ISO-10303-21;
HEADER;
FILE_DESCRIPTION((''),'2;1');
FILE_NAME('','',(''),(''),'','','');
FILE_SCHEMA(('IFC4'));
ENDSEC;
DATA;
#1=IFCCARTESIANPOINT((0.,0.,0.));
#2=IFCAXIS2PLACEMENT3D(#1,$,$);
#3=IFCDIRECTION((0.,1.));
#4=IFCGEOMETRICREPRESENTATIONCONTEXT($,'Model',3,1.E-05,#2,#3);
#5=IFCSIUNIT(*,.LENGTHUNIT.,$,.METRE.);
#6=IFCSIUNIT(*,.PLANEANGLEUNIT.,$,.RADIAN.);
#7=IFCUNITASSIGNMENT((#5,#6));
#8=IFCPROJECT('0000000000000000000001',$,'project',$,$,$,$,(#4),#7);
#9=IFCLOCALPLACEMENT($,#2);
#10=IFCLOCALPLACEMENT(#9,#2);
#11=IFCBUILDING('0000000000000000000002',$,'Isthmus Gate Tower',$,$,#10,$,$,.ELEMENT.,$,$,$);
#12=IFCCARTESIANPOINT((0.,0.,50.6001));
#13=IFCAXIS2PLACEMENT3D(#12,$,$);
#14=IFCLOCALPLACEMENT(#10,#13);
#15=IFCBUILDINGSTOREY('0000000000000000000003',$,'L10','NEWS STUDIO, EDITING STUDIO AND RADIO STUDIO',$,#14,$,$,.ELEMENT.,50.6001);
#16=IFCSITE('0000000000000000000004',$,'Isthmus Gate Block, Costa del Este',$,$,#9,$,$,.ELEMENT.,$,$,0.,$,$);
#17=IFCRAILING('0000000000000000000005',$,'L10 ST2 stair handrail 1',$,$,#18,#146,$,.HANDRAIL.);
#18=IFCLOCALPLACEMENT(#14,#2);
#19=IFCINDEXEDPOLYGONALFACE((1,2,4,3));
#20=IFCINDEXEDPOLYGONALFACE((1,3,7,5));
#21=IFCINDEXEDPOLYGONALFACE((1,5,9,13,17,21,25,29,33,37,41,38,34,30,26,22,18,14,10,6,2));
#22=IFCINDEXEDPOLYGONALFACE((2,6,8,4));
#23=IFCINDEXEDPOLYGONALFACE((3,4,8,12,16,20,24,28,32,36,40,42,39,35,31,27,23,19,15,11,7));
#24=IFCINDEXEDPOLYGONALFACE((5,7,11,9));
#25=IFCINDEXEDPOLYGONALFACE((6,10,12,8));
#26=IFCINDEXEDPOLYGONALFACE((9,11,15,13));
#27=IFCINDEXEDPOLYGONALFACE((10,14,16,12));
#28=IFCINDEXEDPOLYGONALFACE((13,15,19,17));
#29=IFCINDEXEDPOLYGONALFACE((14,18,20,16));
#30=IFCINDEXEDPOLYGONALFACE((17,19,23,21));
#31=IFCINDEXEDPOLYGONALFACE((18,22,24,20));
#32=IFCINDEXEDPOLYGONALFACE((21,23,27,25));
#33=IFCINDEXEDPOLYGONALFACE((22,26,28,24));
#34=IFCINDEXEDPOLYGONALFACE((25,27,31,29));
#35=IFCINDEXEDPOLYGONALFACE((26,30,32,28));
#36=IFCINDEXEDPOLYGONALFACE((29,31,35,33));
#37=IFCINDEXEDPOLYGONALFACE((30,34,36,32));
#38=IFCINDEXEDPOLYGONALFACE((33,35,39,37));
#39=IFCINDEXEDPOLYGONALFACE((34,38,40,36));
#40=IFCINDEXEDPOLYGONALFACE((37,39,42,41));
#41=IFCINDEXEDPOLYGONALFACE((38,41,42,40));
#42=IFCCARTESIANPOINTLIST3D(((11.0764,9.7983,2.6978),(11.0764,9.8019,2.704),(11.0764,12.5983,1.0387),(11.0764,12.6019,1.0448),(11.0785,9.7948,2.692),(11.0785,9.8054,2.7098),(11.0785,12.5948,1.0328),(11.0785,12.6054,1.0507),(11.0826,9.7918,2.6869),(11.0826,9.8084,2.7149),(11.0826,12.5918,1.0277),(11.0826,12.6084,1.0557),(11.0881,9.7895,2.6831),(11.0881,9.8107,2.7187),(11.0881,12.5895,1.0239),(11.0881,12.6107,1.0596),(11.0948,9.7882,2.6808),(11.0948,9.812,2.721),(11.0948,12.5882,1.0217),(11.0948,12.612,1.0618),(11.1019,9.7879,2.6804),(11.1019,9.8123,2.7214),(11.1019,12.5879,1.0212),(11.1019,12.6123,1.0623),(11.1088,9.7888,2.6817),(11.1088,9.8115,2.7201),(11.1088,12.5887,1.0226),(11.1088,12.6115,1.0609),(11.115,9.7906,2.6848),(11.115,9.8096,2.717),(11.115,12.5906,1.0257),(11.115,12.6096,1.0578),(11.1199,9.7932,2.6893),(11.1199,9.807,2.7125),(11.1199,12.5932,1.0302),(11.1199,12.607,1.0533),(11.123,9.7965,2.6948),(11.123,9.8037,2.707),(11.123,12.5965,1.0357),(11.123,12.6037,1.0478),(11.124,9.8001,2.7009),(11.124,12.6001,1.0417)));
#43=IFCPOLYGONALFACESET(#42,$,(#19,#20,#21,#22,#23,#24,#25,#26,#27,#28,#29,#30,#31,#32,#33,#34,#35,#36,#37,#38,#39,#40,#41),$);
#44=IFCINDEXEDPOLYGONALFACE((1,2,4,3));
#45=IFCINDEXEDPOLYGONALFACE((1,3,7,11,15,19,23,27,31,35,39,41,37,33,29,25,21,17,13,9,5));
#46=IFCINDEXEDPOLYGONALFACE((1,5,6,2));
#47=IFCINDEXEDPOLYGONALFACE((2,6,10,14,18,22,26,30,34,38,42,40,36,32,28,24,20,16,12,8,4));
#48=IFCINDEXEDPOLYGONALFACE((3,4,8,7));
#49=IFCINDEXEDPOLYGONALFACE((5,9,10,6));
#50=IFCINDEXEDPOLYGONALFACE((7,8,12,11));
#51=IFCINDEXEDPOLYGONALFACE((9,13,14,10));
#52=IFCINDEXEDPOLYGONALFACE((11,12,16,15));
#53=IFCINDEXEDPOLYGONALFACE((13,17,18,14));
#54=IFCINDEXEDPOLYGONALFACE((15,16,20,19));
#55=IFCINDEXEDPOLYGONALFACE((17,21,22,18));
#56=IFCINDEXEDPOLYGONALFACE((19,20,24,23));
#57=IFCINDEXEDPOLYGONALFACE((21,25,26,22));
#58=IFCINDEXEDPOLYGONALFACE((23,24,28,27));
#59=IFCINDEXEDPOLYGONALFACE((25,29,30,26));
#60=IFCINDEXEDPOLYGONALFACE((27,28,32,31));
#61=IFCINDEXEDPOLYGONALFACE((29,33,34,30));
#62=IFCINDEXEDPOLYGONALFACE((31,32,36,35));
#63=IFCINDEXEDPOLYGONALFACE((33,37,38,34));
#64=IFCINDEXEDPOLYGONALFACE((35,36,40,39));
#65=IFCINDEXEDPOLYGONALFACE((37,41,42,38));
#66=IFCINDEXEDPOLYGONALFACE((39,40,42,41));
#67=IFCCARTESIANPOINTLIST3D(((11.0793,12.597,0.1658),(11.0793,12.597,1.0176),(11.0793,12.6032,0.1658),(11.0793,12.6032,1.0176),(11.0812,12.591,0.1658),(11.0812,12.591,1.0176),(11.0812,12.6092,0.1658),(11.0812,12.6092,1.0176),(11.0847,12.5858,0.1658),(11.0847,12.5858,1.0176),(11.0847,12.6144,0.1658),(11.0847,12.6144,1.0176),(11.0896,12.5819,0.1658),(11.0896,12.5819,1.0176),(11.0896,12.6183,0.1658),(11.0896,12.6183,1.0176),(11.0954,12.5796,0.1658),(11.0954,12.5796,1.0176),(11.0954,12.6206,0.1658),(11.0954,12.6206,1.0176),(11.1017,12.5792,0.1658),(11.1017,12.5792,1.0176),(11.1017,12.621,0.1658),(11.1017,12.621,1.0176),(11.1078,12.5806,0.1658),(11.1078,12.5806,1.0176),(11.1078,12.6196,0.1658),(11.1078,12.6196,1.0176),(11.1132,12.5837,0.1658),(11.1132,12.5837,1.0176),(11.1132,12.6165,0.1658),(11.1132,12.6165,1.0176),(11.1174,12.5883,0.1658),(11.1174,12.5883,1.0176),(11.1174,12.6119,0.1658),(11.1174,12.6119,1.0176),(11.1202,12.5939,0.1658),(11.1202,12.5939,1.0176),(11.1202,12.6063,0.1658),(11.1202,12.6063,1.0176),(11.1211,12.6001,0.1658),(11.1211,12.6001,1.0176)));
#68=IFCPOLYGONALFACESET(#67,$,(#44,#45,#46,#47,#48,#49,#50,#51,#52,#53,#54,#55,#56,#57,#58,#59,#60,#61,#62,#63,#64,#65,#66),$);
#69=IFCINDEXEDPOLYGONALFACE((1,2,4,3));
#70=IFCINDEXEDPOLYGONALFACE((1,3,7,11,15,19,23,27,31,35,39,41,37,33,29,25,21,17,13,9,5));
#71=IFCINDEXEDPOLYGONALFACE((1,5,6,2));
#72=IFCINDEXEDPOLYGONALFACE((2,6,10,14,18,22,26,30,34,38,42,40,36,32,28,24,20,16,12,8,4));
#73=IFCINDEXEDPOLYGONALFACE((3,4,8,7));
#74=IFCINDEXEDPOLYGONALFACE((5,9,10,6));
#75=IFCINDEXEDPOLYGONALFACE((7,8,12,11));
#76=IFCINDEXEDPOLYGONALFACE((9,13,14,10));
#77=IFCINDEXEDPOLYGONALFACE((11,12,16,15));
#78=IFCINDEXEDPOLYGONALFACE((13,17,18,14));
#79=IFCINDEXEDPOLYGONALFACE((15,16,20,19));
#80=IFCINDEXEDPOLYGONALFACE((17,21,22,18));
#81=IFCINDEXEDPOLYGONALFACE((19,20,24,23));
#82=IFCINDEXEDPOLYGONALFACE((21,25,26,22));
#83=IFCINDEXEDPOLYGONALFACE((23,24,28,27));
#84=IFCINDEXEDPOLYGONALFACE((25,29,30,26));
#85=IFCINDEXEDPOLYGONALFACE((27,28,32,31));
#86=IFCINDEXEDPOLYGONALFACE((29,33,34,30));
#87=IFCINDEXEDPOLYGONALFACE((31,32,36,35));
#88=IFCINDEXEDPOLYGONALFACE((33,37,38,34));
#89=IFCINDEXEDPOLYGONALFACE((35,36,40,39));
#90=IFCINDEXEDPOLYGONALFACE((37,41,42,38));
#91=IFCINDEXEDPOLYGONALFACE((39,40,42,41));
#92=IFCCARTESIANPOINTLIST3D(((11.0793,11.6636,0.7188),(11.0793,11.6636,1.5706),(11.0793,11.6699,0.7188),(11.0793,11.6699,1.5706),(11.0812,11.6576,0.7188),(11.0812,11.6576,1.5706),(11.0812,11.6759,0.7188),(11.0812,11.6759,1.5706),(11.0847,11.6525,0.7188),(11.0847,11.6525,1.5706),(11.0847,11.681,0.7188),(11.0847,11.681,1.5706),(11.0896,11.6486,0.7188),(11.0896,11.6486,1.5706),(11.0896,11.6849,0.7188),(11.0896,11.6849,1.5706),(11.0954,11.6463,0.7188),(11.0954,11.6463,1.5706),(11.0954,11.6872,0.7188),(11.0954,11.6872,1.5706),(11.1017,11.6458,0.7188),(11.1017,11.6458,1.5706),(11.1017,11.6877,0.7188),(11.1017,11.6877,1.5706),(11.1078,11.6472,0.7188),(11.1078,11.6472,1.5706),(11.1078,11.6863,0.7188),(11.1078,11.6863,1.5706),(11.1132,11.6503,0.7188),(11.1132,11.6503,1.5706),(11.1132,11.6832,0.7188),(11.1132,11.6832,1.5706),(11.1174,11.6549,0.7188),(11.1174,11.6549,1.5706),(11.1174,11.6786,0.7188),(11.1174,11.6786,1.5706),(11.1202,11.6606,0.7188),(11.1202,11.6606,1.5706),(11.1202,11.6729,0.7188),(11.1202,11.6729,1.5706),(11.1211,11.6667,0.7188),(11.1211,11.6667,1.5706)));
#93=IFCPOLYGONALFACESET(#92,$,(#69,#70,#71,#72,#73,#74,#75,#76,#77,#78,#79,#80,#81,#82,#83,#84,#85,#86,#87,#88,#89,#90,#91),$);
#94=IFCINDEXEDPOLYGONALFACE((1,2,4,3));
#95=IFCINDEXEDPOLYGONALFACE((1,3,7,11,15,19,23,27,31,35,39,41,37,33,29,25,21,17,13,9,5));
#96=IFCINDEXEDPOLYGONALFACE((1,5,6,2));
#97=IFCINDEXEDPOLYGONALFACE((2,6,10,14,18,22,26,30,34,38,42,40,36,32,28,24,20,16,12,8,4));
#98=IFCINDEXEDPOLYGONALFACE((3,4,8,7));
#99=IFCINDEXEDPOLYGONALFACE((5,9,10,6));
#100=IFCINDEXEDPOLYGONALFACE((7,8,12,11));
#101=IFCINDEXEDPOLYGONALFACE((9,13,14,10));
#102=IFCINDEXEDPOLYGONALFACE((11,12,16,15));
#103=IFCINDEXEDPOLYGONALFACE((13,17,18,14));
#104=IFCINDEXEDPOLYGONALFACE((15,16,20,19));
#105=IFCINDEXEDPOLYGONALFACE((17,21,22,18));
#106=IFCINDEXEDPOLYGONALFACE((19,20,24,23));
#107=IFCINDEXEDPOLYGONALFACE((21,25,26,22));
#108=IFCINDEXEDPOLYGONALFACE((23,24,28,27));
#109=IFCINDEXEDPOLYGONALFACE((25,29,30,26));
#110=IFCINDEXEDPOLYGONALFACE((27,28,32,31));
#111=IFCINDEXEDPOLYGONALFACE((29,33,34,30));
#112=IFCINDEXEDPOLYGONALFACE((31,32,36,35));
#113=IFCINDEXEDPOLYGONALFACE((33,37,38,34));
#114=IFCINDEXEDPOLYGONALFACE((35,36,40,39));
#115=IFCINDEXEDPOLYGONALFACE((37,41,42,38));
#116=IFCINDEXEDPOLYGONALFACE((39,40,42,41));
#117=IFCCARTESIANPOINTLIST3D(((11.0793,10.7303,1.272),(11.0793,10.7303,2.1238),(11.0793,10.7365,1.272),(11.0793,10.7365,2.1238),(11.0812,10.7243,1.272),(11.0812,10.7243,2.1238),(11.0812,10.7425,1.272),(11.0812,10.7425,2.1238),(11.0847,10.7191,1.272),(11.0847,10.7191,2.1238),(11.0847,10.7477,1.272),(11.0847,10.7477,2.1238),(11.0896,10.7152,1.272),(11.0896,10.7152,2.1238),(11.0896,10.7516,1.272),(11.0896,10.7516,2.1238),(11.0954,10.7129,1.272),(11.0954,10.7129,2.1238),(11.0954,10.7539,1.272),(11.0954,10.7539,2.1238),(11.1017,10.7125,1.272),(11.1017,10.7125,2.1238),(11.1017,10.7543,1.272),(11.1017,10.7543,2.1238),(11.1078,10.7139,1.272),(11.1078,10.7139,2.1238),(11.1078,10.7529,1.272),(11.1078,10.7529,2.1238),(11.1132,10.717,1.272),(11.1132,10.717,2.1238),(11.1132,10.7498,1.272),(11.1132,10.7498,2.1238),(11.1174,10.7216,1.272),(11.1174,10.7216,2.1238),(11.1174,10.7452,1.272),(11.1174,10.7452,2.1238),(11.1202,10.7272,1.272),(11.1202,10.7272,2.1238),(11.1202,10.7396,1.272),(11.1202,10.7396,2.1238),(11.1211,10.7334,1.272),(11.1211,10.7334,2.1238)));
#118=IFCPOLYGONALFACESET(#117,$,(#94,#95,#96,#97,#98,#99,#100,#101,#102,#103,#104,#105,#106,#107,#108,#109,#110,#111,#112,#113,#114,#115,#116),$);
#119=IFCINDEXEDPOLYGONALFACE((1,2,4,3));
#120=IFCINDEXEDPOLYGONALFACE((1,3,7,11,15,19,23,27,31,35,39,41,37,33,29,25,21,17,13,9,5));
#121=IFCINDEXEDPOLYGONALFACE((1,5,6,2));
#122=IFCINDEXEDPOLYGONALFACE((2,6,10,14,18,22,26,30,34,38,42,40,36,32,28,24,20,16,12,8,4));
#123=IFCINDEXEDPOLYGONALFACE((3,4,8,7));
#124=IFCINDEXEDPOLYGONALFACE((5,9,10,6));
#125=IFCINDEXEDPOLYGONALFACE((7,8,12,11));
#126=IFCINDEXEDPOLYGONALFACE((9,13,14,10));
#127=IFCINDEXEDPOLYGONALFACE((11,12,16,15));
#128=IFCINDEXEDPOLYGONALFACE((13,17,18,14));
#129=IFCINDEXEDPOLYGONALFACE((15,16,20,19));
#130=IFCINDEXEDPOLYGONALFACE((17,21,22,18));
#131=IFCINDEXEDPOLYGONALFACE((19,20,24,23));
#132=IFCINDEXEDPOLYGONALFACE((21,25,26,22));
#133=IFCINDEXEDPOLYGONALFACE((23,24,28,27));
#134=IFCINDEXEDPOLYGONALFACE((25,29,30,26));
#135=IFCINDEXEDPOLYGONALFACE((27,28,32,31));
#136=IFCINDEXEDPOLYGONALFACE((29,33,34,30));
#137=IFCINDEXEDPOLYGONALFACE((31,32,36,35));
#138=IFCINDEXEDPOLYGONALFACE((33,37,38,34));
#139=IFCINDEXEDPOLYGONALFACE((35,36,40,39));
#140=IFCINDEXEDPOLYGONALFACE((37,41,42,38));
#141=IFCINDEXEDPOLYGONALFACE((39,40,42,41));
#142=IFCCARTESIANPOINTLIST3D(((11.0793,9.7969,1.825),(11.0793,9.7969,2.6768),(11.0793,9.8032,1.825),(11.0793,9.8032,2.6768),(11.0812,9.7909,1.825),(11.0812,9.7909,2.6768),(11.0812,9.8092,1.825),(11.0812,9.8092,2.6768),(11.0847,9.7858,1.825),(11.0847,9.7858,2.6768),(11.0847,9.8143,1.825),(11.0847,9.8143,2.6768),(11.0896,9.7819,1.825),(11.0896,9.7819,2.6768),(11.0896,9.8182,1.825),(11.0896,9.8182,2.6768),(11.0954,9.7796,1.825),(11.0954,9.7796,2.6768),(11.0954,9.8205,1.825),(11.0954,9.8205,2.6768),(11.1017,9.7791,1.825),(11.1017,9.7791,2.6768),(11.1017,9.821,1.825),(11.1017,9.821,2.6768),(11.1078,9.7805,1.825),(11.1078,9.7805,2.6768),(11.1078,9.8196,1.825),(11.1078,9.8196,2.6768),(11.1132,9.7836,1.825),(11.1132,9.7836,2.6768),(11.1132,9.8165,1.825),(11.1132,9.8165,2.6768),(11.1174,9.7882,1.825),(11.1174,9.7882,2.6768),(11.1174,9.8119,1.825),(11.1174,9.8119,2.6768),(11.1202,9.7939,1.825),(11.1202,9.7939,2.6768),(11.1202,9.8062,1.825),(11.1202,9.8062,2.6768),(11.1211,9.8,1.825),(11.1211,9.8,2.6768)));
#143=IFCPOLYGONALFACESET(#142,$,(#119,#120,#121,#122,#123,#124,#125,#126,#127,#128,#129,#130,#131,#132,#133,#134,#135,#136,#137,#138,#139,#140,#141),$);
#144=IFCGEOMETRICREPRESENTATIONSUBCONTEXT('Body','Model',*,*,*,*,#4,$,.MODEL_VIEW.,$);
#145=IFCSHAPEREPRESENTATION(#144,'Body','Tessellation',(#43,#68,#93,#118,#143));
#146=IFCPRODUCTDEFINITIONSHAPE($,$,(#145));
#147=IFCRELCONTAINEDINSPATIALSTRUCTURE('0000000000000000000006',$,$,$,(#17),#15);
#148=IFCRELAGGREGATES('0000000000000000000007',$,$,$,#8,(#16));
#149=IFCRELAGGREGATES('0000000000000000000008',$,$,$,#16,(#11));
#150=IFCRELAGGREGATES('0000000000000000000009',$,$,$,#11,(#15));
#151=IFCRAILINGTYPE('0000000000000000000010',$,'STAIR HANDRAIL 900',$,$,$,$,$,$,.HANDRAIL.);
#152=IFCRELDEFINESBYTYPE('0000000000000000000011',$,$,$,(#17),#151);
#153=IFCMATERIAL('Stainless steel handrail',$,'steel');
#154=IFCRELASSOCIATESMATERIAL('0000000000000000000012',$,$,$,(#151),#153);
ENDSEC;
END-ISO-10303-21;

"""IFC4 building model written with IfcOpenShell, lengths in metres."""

from ifc_helpers import new_model, si_unit, direction, frame, origin, origin_2d, place, context, subcontext, project, spatial, circle, extrude, material, type_object, element, save


model = new_model("IFC4")

# Units and contexts
model_context = context("Model", 3, precision=1e-05, world=origin(), true_north=direction((0.0, 1.0)))
body_context = subcontext(model_context, "Body", "Model", "MODEL_VIEW")
ifc_project = project(units=[si_unit("LENGTHUNIT", "METRE"), si_unit("PLANEANGLEUNIT", "RADIAN")], contexts=[model_context])

# Site, building, storey
site_placement = place(None, origin())
site = spatial("IfcSite", under=ifc_project, at=site_placement, Name="Isthmus Gate Block, Costa del Este", CompositionType="ELEMENT", RefElevation=0.0)
building_placement = place(site_placement, origin())
building = spatial("IfcBuilding", under=site, at=building_placement, Name="Isthmus Gate Tower", CompositionType="ELEMENT")
storey_placement = place(building_placement, frame((0.0, 0.0, 50.6001)))
storey = spatial("IfcBuildingStorey", under=building, at=storey_placement, Name="L10", Description="NEWS STUDIO, EDITING STUDIO AND RADIO STUDIO", CompositionType="ELEMENT", Elevation=50.6001)

# Railing
ifc_material_1 = material(Name="Stainless steel handrail", Category="steel")
railing_type_1 = type_object("IfcRailingType", Name="STAIR HANDRAIL 900", PredefinedType="HANDRAIL", material=ifc_material_1)
railing_1_placement = place(storey_placement, frame((11.1001, 12.6001, 0.1658)))
element("IfcRailing", 1, at=railing_1_placement, inside=storey, type_object=railing_type_1, Name="L10 ST2 stair handrail 1", PredefinedType="HANDRAIL", context=body_context, shape_type="SweptSolid", body=[
    extrude(circle(Radius=0.0239, at=origin_2d()), frame((0.0, 0.0, 0.876), z_axis=(0.0, -0.860306, 0.509778), x_axis=(1.0, 0.0, 0.0)), (0.0, 0.0, 1.0), 3.2546),
    extrude(circle(Radius=0.021, at=origin_2d()), origin(), (0.0, 0.0, 1.0), 0.8518),
    extrude(circle(Radius=0.021, at=origin_2d()), frame((0.0, -0.9333, 0.553)), (0.0, 0.0, 1.0), 0.8518),
    extrude(circle(Radius=0.021, at=origin_2d()), frame((0.0, -1.8667, 1.1062)), (0.0, 0.0, 1.0), 0.8518),
    extrude(circle(Radius=0.021, at=origin_2d()), frame((0.0, -2.8, 1.6592)), (0.0, 0.0, 1.0), 0.8518),
])

save(model, "model.ifc")
